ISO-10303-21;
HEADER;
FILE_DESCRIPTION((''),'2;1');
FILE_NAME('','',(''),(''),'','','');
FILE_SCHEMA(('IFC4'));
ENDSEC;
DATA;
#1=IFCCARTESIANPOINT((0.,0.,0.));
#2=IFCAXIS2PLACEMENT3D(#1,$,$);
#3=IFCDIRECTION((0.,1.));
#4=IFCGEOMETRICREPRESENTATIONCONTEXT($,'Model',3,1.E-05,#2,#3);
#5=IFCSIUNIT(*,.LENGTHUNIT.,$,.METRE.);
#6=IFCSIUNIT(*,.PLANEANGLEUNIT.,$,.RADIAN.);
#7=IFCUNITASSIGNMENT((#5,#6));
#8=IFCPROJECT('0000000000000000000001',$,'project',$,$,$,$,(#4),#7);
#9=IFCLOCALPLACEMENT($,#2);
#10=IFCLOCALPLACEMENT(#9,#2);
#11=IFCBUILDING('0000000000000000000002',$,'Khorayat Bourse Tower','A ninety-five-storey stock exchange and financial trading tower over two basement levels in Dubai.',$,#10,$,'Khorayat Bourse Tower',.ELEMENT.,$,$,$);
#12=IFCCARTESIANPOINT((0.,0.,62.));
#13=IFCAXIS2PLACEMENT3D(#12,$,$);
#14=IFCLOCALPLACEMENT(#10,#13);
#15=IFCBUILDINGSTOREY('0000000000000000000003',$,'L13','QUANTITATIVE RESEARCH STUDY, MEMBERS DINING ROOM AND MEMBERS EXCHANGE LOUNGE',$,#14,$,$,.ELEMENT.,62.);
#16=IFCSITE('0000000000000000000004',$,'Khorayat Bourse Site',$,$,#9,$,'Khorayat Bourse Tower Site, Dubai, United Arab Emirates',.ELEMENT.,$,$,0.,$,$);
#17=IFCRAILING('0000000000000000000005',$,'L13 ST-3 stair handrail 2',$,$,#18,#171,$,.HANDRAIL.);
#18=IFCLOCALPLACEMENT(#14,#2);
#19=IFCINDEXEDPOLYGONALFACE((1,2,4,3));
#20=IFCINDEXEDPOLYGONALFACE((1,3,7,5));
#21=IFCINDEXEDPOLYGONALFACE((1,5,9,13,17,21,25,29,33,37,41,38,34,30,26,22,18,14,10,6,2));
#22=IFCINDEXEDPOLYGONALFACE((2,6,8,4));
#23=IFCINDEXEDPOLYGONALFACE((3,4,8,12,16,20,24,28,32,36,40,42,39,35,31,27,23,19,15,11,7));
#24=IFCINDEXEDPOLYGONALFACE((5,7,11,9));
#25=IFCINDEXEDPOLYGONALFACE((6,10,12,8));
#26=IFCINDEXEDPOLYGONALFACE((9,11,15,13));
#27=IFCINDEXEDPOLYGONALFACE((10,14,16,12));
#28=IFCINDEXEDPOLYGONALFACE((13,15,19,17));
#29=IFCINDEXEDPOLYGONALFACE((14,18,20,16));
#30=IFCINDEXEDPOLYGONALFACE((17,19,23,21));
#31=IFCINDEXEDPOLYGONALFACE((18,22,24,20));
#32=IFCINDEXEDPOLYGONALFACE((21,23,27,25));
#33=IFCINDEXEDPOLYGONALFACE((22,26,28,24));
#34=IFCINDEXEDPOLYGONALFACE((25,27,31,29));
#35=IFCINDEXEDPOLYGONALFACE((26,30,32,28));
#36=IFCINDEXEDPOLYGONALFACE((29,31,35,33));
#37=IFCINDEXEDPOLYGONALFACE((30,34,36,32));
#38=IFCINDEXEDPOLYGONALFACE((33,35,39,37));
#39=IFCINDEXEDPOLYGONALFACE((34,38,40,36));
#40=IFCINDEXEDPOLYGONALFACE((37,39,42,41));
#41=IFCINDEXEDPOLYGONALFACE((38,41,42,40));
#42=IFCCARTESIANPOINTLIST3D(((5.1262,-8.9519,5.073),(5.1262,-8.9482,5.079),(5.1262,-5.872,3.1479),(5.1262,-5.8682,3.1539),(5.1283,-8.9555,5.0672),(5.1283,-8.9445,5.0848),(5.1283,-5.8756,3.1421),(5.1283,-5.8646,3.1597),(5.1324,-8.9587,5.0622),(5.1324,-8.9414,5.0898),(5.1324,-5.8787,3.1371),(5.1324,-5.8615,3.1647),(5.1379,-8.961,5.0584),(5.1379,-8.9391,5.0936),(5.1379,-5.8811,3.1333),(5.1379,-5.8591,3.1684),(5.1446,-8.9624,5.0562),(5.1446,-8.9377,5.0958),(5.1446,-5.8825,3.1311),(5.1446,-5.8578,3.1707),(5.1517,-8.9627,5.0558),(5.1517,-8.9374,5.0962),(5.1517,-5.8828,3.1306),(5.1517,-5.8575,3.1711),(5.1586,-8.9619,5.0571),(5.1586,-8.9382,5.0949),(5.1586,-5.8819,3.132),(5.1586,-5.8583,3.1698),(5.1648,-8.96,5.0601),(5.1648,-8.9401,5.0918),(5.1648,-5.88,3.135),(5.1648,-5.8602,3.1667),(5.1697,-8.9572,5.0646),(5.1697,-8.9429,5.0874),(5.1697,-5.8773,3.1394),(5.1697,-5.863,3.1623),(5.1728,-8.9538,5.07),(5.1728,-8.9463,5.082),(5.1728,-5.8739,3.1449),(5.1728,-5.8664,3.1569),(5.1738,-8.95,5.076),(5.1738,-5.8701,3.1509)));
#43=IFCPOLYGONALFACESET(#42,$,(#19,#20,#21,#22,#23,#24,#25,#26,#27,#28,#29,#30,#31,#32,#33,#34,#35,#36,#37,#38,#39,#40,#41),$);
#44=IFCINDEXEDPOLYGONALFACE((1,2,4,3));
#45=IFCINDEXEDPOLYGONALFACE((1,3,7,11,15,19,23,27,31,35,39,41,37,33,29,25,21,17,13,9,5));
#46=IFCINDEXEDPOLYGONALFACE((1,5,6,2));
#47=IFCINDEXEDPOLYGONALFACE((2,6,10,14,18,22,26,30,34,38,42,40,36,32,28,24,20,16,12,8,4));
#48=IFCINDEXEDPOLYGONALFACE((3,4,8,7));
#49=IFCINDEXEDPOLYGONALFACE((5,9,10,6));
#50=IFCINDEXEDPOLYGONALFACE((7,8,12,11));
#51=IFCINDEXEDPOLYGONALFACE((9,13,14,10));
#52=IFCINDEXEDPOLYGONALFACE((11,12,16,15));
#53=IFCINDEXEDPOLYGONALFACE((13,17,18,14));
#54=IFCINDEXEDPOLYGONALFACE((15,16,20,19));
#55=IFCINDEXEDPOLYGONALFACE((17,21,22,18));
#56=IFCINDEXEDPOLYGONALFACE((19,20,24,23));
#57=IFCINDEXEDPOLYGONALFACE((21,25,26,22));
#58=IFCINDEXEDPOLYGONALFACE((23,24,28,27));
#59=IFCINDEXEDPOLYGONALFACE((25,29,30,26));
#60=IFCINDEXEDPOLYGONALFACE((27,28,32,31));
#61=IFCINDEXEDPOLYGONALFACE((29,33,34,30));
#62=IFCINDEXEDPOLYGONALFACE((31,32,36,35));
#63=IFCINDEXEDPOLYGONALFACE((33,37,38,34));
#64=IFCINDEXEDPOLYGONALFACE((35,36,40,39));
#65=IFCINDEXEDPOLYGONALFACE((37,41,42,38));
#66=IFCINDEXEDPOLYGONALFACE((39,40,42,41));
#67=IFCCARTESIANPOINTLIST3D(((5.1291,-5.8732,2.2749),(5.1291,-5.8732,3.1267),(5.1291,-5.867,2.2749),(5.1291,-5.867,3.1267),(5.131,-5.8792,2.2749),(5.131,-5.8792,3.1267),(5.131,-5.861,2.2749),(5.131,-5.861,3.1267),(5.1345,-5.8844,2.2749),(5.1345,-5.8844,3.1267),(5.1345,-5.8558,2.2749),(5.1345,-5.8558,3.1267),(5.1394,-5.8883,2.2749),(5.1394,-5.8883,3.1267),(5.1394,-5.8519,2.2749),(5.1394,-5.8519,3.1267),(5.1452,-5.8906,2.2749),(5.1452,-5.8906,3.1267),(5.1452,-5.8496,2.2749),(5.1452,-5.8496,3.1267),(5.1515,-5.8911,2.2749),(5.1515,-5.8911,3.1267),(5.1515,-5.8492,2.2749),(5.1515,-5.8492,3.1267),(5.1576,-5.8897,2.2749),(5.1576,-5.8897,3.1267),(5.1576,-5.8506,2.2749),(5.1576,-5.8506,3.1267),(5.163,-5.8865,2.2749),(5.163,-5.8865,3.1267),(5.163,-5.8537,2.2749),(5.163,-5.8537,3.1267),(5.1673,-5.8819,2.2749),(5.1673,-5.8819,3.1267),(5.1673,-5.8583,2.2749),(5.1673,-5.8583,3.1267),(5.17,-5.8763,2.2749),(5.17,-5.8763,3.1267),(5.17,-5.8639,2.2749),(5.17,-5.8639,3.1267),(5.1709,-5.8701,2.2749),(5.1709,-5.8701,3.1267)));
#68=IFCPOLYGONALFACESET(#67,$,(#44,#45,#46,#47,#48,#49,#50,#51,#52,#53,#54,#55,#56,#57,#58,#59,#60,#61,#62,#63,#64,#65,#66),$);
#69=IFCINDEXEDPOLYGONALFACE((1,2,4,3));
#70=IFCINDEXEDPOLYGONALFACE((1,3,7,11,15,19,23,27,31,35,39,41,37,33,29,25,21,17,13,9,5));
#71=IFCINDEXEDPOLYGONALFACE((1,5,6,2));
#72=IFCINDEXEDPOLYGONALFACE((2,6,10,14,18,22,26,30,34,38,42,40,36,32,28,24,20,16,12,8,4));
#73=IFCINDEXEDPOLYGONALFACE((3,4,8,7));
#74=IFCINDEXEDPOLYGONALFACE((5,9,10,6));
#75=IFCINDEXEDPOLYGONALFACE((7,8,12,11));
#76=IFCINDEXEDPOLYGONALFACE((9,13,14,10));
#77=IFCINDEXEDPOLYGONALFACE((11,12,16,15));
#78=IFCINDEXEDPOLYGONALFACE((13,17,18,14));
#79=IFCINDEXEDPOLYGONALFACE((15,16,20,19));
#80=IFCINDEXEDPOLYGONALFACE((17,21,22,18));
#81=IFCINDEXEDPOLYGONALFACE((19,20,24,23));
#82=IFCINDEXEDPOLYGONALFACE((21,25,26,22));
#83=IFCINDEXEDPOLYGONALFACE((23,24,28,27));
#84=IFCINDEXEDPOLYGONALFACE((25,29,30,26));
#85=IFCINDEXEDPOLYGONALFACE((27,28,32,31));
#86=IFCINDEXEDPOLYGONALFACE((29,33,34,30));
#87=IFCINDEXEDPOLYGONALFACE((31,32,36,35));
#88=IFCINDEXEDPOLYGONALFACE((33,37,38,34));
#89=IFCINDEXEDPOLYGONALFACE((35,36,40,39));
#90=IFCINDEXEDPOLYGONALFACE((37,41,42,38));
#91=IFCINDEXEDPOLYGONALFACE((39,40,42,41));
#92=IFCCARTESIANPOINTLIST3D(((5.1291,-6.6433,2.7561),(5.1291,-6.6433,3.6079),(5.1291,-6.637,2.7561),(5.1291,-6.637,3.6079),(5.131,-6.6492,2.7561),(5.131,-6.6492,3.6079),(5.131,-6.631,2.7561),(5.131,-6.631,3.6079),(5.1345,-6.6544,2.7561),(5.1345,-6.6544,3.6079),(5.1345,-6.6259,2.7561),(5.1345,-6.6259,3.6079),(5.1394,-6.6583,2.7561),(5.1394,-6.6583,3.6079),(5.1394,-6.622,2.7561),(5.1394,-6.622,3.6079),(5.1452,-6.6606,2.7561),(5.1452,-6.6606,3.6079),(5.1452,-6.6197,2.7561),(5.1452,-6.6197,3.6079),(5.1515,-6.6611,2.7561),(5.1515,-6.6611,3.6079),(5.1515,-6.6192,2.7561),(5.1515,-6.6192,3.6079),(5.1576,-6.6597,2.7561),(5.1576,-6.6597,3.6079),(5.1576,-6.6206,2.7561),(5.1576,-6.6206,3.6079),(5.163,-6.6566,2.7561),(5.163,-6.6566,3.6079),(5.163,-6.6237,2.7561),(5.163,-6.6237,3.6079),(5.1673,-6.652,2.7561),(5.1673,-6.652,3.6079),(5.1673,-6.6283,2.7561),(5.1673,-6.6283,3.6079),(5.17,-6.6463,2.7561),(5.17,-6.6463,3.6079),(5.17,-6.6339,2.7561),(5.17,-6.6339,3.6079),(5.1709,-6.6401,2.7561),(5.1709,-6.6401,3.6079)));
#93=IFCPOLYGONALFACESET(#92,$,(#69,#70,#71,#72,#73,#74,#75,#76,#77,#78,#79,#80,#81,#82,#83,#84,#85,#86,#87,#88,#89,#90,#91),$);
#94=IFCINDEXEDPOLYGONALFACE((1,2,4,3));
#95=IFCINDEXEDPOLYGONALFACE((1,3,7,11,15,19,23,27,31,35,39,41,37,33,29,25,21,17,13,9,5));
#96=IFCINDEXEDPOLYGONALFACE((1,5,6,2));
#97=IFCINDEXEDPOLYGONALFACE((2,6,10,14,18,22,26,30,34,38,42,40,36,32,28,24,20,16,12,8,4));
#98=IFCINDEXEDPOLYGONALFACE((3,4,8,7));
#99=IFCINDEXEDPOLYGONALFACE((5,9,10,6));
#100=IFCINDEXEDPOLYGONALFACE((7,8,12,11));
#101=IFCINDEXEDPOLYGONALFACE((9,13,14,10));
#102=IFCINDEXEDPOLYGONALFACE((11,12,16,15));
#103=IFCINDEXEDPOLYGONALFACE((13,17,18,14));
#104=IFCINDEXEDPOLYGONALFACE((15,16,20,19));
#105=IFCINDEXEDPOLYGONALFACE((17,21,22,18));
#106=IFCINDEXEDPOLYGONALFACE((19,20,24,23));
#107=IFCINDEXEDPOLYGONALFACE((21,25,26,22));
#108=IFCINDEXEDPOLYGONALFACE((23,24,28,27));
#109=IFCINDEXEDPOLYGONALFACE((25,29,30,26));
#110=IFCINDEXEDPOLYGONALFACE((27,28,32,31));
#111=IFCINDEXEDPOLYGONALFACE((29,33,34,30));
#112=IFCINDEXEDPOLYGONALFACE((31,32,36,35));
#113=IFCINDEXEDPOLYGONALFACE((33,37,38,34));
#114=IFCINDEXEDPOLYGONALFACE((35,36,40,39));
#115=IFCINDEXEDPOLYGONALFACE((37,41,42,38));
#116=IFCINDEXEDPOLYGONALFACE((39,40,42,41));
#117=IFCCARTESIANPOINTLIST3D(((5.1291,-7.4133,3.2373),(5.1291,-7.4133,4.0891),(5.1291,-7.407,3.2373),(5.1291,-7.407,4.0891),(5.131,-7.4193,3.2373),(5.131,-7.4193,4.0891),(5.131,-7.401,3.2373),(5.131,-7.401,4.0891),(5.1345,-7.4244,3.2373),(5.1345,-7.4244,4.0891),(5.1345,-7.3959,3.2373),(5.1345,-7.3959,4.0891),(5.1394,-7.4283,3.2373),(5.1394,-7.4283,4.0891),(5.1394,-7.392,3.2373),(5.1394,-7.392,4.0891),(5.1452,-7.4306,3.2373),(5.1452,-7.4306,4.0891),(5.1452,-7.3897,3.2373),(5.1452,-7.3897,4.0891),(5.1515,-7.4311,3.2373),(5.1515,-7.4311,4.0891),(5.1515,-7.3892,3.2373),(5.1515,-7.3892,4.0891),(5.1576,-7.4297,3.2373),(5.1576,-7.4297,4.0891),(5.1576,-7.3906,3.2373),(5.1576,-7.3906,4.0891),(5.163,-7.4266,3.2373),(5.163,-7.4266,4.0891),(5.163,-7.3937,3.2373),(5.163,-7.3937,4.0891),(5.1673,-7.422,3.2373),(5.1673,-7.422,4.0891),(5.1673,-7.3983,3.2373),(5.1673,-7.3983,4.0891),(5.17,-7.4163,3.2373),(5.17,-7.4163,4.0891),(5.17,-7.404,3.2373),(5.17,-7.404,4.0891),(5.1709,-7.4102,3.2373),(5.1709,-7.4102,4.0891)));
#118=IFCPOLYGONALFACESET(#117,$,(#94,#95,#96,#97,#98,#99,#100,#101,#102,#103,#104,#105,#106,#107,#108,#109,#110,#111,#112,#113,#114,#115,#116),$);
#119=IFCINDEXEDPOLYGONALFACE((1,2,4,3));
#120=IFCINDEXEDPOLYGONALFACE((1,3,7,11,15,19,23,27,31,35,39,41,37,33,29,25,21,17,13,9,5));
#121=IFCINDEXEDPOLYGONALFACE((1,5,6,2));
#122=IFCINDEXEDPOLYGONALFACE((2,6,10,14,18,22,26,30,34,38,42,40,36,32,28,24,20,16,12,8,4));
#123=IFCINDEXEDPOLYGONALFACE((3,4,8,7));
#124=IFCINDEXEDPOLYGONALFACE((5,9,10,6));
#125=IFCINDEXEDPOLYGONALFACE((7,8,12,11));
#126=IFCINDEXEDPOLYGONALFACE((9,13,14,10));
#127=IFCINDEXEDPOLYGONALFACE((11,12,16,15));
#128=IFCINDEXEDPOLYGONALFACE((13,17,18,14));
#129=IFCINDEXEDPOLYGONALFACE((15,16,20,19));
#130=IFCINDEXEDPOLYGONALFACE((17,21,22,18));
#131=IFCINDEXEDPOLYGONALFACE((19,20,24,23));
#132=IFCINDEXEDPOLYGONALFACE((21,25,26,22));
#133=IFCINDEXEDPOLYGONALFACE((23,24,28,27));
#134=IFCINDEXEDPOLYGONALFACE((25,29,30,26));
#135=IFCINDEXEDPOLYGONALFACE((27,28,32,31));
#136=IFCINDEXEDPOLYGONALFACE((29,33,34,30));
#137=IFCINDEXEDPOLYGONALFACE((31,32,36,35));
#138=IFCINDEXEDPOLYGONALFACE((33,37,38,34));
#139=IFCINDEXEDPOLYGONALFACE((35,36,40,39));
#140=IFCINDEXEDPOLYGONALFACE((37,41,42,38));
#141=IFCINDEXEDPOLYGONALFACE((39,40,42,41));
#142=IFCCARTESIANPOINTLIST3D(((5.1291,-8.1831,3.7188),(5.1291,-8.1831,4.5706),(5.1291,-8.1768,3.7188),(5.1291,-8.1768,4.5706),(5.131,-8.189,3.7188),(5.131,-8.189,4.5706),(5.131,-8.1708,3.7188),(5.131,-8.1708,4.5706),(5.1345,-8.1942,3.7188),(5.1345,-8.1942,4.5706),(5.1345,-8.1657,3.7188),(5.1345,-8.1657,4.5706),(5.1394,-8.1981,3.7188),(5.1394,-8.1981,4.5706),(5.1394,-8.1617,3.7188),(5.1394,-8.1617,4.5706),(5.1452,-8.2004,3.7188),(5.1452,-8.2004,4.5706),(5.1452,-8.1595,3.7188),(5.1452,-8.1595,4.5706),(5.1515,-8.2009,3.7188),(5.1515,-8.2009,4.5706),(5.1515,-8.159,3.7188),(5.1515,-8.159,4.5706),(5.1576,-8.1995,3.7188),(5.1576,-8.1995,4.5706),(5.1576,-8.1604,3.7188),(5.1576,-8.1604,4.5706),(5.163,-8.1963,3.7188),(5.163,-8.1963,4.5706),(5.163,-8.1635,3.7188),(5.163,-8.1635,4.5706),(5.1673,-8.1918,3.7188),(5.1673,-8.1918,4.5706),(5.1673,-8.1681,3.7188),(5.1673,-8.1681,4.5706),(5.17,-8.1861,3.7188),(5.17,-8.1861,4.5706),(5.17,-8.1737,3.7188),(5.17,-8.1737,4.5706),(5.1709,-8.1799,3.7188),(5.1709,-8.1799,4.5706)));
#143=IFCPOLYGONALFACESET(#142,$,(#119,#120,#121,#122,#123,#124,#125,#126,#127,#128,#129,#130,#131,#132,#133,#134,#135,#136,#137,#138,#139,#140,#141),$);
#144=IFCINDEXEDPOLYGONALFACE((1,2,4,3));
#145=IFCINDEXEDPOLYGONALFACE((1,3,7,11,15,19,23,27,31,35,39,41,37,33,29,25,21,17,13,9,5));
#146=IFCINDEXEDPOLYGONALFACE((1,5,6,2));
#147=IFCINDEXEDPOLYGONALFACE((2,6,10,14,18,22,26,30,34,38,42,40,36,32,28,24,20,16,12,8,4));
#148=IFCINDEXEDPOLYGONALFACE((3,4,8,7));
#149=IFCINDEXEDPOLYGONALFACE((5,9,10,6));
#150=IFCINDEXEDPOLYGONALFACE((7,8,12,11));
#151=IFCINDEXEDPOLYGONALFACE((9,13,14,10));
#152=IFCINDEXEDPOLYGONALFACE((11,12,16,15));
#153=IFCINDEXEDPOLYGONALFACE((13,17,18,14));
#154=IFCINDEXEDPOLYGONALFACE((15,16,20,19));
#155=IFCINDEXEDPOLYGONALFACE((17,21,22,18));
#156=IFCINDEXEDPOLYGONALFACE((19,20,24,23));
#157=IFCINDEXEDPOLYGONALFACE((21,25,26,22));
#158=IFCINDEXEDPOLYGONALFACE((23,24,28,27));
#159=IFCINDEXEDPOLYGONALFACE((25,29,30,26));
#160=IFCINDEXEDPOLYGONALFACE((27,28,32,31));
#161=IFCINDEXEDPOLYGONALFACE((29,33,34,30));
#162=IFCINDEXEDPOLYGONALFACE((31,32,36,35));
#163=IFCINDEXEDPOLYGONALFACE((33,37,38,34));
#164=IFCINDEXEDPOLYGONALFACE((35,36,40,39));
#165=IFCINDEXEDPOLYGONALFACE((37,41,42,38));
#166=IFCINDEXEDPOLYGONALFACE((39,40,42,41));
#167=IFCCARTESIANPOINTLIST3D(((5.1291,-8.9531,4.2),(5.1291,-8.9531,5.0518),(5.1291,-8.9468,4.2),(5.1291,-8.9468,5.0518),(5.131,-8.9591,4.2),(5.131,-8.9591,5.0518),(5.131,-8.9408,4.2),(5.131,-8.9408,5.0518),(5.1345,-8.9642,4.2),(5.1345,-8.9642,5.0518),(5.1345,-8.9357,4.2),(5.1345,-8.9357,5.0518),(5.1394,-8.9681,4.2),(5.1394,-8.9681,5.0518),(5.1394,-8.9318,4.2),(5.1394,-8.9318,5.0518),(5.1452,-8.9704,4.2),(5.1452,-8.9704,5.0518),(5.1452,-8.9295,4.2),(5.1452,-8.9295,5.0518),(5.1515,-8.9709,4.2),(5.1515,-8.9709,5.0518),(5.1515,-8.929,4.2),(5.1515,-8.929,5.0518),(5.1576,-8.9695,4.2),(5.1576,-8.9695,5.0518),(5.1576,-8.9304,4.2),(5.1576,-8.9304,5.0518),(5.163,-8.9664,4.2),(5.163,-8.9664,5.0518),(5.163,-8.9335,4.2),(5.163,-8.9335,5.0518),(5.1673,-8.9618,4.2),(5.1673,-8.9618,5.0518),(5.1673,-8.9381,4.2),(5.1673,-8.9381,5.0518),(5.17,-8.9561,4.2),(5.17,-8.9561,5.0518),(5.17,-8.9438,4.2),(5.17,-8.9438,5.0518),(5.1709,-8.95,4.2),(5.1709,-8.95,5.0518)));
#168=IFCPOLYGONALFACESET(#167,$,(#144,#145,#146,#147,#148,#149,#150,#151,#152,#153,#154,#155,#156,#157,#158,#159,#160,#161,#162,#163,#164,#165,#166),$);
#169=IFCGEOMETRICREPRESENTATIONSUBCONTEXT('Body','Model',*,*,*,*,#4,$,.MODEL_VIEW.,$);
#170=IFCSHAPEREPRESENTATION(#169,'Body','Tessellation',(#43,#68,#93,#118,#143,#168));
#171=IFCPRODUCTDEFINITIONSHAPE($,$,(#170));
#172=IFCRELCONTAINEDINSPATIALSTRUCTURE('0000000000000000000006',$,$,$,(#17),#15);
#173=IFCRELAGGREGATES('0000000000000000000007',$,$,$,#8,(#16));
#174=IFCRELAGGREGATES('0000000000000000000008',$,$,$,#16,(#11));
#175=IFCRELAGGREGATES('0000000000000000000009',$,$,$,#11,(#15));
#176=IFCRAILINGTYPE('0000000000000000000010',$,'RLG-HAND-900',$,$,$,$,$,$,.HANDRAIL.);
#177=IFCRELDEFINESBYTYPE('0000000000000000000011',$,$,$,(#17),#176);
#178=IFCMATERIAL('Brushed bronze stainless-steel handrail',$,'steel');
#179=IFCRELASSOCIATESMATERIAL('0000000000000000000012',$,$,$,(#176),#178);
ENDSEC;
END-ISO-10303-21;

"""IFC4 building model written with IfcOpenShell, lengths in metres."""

from ifc_helpers import new_model, si_unit, direction, frame, origin, origin_2d, place, context, subcontext, project, spatial, circle, extrude, source, transform, mapped, material, type_object, element, save


model = new_model("IFC4")

# Units and contexts
model_context = context("Model", 3, precision=1e-05, world=origin(), true_north=direction((0.0, 1.0)))
body_context = subcontext(model_context, "Body", "Model", "MODEL_VIEW")
ifc_project = project(units=[si_unit("LENGTHUNIT", "METRE"), si_unit("PLANEANGLEUNIT", "RADIAN")], contexts=[model_context])

# Site, building, storey
site_placement = place(None, origin())
site = spatial("IfcSite", under=ifc_project, at=site_placement, Name="Khorayat Bourse Site", LongName="Khorayat Bourse Tower Site, Dubai, United Arab Emirates", CompositionType="ELEMENT", RefElevation=0.0)
building_placement = place(site_placement, origin())
building = spatial("IfcBuilding", under=site, at=building_placement, Name="Khorayat Bourse Tower", Description="A ninety-five-storey stock exchange and financial trading tower over two basement levels in Dubai.", LongName="Khorayat Bourse Tower", CompositionType="ELEMENT")
storey_placement = place(building_placement, frame((0.0, 0.0, 62.0)))
storey = spatial("IfcBuildingStorey", under=building, at=storey_placement, Name="L13", Description="QUANTITATIVE RESEARCH STUDY, MEMBERS DINING ROOM AND MEMBERS EXCHANGE LOUNGE", CompositionType="ELEMENT", Elevation=62.0)

# Railing
ifc_material_1 = material(Name="Brushed bronze stainless-steel handrail", Category="steel")
railing_type_1 = type_object("IfcRailingType", Name="RLG-HAND-900", PredefinedType="HANDRAIL", material=ifc_material_1)
shared_shape_1 = source(origin(), body_context, "Body", "SweptSolid", [
    extrude(circle(Radius=0.0239, at=origin_2d()), frame((0.0, 0.0, 0.876), z_axis=(0.0, -0.847979, 0.530029), x_axis=(1.0, 0.0, 0.0)), (0.0, 0.0, 1.0), 3.6321),
    extrude(circle(Radius=0.021, at=origin_2d()), origin(), (0.0, 0.0, 1.0), 0.8518),
    extrude(circle(Radius=0.021, at=origin_2d()), frame((0.0, -0.77, 0.4812)), (0.0, 0.0, 1.0), 0.8518),
    extrude(circle(Radius=0.021, at=origin_2d()), frame((0.0, -1.54, 0.9624)), (0.0, 0.0, 1.0), 0.8518),
    extrude(circle(Radius=0.021, at=origin_2d()), frame((0.0, -2.3098, 1.4438)), (0.0, 0.0, 1.0), 0.8518),
    extrude(circle(Radius=0.021, at=origin_2d()), frame((0.0, -3.0798, 1.925)), (0.0, 0.0, 1.0), 0.8518),
])
railing_1_placement = place(storey_placement, frame((5.1499, -5.8701, 2.2749)))
element("IfcRailing", 1, at=railing_1_placement, inside=storey, type_object=railing_type_1, Name="L13 ST-3 stair handrail 2", PredefinedType="HANDRAIL", context=body_context, shape_type="MappedRepresentation", body=[
    mapped(shared_shape_1, transform((0.0, 0.0, 0.0), scale=1.0)),
])

save(model, "model.ifc")
